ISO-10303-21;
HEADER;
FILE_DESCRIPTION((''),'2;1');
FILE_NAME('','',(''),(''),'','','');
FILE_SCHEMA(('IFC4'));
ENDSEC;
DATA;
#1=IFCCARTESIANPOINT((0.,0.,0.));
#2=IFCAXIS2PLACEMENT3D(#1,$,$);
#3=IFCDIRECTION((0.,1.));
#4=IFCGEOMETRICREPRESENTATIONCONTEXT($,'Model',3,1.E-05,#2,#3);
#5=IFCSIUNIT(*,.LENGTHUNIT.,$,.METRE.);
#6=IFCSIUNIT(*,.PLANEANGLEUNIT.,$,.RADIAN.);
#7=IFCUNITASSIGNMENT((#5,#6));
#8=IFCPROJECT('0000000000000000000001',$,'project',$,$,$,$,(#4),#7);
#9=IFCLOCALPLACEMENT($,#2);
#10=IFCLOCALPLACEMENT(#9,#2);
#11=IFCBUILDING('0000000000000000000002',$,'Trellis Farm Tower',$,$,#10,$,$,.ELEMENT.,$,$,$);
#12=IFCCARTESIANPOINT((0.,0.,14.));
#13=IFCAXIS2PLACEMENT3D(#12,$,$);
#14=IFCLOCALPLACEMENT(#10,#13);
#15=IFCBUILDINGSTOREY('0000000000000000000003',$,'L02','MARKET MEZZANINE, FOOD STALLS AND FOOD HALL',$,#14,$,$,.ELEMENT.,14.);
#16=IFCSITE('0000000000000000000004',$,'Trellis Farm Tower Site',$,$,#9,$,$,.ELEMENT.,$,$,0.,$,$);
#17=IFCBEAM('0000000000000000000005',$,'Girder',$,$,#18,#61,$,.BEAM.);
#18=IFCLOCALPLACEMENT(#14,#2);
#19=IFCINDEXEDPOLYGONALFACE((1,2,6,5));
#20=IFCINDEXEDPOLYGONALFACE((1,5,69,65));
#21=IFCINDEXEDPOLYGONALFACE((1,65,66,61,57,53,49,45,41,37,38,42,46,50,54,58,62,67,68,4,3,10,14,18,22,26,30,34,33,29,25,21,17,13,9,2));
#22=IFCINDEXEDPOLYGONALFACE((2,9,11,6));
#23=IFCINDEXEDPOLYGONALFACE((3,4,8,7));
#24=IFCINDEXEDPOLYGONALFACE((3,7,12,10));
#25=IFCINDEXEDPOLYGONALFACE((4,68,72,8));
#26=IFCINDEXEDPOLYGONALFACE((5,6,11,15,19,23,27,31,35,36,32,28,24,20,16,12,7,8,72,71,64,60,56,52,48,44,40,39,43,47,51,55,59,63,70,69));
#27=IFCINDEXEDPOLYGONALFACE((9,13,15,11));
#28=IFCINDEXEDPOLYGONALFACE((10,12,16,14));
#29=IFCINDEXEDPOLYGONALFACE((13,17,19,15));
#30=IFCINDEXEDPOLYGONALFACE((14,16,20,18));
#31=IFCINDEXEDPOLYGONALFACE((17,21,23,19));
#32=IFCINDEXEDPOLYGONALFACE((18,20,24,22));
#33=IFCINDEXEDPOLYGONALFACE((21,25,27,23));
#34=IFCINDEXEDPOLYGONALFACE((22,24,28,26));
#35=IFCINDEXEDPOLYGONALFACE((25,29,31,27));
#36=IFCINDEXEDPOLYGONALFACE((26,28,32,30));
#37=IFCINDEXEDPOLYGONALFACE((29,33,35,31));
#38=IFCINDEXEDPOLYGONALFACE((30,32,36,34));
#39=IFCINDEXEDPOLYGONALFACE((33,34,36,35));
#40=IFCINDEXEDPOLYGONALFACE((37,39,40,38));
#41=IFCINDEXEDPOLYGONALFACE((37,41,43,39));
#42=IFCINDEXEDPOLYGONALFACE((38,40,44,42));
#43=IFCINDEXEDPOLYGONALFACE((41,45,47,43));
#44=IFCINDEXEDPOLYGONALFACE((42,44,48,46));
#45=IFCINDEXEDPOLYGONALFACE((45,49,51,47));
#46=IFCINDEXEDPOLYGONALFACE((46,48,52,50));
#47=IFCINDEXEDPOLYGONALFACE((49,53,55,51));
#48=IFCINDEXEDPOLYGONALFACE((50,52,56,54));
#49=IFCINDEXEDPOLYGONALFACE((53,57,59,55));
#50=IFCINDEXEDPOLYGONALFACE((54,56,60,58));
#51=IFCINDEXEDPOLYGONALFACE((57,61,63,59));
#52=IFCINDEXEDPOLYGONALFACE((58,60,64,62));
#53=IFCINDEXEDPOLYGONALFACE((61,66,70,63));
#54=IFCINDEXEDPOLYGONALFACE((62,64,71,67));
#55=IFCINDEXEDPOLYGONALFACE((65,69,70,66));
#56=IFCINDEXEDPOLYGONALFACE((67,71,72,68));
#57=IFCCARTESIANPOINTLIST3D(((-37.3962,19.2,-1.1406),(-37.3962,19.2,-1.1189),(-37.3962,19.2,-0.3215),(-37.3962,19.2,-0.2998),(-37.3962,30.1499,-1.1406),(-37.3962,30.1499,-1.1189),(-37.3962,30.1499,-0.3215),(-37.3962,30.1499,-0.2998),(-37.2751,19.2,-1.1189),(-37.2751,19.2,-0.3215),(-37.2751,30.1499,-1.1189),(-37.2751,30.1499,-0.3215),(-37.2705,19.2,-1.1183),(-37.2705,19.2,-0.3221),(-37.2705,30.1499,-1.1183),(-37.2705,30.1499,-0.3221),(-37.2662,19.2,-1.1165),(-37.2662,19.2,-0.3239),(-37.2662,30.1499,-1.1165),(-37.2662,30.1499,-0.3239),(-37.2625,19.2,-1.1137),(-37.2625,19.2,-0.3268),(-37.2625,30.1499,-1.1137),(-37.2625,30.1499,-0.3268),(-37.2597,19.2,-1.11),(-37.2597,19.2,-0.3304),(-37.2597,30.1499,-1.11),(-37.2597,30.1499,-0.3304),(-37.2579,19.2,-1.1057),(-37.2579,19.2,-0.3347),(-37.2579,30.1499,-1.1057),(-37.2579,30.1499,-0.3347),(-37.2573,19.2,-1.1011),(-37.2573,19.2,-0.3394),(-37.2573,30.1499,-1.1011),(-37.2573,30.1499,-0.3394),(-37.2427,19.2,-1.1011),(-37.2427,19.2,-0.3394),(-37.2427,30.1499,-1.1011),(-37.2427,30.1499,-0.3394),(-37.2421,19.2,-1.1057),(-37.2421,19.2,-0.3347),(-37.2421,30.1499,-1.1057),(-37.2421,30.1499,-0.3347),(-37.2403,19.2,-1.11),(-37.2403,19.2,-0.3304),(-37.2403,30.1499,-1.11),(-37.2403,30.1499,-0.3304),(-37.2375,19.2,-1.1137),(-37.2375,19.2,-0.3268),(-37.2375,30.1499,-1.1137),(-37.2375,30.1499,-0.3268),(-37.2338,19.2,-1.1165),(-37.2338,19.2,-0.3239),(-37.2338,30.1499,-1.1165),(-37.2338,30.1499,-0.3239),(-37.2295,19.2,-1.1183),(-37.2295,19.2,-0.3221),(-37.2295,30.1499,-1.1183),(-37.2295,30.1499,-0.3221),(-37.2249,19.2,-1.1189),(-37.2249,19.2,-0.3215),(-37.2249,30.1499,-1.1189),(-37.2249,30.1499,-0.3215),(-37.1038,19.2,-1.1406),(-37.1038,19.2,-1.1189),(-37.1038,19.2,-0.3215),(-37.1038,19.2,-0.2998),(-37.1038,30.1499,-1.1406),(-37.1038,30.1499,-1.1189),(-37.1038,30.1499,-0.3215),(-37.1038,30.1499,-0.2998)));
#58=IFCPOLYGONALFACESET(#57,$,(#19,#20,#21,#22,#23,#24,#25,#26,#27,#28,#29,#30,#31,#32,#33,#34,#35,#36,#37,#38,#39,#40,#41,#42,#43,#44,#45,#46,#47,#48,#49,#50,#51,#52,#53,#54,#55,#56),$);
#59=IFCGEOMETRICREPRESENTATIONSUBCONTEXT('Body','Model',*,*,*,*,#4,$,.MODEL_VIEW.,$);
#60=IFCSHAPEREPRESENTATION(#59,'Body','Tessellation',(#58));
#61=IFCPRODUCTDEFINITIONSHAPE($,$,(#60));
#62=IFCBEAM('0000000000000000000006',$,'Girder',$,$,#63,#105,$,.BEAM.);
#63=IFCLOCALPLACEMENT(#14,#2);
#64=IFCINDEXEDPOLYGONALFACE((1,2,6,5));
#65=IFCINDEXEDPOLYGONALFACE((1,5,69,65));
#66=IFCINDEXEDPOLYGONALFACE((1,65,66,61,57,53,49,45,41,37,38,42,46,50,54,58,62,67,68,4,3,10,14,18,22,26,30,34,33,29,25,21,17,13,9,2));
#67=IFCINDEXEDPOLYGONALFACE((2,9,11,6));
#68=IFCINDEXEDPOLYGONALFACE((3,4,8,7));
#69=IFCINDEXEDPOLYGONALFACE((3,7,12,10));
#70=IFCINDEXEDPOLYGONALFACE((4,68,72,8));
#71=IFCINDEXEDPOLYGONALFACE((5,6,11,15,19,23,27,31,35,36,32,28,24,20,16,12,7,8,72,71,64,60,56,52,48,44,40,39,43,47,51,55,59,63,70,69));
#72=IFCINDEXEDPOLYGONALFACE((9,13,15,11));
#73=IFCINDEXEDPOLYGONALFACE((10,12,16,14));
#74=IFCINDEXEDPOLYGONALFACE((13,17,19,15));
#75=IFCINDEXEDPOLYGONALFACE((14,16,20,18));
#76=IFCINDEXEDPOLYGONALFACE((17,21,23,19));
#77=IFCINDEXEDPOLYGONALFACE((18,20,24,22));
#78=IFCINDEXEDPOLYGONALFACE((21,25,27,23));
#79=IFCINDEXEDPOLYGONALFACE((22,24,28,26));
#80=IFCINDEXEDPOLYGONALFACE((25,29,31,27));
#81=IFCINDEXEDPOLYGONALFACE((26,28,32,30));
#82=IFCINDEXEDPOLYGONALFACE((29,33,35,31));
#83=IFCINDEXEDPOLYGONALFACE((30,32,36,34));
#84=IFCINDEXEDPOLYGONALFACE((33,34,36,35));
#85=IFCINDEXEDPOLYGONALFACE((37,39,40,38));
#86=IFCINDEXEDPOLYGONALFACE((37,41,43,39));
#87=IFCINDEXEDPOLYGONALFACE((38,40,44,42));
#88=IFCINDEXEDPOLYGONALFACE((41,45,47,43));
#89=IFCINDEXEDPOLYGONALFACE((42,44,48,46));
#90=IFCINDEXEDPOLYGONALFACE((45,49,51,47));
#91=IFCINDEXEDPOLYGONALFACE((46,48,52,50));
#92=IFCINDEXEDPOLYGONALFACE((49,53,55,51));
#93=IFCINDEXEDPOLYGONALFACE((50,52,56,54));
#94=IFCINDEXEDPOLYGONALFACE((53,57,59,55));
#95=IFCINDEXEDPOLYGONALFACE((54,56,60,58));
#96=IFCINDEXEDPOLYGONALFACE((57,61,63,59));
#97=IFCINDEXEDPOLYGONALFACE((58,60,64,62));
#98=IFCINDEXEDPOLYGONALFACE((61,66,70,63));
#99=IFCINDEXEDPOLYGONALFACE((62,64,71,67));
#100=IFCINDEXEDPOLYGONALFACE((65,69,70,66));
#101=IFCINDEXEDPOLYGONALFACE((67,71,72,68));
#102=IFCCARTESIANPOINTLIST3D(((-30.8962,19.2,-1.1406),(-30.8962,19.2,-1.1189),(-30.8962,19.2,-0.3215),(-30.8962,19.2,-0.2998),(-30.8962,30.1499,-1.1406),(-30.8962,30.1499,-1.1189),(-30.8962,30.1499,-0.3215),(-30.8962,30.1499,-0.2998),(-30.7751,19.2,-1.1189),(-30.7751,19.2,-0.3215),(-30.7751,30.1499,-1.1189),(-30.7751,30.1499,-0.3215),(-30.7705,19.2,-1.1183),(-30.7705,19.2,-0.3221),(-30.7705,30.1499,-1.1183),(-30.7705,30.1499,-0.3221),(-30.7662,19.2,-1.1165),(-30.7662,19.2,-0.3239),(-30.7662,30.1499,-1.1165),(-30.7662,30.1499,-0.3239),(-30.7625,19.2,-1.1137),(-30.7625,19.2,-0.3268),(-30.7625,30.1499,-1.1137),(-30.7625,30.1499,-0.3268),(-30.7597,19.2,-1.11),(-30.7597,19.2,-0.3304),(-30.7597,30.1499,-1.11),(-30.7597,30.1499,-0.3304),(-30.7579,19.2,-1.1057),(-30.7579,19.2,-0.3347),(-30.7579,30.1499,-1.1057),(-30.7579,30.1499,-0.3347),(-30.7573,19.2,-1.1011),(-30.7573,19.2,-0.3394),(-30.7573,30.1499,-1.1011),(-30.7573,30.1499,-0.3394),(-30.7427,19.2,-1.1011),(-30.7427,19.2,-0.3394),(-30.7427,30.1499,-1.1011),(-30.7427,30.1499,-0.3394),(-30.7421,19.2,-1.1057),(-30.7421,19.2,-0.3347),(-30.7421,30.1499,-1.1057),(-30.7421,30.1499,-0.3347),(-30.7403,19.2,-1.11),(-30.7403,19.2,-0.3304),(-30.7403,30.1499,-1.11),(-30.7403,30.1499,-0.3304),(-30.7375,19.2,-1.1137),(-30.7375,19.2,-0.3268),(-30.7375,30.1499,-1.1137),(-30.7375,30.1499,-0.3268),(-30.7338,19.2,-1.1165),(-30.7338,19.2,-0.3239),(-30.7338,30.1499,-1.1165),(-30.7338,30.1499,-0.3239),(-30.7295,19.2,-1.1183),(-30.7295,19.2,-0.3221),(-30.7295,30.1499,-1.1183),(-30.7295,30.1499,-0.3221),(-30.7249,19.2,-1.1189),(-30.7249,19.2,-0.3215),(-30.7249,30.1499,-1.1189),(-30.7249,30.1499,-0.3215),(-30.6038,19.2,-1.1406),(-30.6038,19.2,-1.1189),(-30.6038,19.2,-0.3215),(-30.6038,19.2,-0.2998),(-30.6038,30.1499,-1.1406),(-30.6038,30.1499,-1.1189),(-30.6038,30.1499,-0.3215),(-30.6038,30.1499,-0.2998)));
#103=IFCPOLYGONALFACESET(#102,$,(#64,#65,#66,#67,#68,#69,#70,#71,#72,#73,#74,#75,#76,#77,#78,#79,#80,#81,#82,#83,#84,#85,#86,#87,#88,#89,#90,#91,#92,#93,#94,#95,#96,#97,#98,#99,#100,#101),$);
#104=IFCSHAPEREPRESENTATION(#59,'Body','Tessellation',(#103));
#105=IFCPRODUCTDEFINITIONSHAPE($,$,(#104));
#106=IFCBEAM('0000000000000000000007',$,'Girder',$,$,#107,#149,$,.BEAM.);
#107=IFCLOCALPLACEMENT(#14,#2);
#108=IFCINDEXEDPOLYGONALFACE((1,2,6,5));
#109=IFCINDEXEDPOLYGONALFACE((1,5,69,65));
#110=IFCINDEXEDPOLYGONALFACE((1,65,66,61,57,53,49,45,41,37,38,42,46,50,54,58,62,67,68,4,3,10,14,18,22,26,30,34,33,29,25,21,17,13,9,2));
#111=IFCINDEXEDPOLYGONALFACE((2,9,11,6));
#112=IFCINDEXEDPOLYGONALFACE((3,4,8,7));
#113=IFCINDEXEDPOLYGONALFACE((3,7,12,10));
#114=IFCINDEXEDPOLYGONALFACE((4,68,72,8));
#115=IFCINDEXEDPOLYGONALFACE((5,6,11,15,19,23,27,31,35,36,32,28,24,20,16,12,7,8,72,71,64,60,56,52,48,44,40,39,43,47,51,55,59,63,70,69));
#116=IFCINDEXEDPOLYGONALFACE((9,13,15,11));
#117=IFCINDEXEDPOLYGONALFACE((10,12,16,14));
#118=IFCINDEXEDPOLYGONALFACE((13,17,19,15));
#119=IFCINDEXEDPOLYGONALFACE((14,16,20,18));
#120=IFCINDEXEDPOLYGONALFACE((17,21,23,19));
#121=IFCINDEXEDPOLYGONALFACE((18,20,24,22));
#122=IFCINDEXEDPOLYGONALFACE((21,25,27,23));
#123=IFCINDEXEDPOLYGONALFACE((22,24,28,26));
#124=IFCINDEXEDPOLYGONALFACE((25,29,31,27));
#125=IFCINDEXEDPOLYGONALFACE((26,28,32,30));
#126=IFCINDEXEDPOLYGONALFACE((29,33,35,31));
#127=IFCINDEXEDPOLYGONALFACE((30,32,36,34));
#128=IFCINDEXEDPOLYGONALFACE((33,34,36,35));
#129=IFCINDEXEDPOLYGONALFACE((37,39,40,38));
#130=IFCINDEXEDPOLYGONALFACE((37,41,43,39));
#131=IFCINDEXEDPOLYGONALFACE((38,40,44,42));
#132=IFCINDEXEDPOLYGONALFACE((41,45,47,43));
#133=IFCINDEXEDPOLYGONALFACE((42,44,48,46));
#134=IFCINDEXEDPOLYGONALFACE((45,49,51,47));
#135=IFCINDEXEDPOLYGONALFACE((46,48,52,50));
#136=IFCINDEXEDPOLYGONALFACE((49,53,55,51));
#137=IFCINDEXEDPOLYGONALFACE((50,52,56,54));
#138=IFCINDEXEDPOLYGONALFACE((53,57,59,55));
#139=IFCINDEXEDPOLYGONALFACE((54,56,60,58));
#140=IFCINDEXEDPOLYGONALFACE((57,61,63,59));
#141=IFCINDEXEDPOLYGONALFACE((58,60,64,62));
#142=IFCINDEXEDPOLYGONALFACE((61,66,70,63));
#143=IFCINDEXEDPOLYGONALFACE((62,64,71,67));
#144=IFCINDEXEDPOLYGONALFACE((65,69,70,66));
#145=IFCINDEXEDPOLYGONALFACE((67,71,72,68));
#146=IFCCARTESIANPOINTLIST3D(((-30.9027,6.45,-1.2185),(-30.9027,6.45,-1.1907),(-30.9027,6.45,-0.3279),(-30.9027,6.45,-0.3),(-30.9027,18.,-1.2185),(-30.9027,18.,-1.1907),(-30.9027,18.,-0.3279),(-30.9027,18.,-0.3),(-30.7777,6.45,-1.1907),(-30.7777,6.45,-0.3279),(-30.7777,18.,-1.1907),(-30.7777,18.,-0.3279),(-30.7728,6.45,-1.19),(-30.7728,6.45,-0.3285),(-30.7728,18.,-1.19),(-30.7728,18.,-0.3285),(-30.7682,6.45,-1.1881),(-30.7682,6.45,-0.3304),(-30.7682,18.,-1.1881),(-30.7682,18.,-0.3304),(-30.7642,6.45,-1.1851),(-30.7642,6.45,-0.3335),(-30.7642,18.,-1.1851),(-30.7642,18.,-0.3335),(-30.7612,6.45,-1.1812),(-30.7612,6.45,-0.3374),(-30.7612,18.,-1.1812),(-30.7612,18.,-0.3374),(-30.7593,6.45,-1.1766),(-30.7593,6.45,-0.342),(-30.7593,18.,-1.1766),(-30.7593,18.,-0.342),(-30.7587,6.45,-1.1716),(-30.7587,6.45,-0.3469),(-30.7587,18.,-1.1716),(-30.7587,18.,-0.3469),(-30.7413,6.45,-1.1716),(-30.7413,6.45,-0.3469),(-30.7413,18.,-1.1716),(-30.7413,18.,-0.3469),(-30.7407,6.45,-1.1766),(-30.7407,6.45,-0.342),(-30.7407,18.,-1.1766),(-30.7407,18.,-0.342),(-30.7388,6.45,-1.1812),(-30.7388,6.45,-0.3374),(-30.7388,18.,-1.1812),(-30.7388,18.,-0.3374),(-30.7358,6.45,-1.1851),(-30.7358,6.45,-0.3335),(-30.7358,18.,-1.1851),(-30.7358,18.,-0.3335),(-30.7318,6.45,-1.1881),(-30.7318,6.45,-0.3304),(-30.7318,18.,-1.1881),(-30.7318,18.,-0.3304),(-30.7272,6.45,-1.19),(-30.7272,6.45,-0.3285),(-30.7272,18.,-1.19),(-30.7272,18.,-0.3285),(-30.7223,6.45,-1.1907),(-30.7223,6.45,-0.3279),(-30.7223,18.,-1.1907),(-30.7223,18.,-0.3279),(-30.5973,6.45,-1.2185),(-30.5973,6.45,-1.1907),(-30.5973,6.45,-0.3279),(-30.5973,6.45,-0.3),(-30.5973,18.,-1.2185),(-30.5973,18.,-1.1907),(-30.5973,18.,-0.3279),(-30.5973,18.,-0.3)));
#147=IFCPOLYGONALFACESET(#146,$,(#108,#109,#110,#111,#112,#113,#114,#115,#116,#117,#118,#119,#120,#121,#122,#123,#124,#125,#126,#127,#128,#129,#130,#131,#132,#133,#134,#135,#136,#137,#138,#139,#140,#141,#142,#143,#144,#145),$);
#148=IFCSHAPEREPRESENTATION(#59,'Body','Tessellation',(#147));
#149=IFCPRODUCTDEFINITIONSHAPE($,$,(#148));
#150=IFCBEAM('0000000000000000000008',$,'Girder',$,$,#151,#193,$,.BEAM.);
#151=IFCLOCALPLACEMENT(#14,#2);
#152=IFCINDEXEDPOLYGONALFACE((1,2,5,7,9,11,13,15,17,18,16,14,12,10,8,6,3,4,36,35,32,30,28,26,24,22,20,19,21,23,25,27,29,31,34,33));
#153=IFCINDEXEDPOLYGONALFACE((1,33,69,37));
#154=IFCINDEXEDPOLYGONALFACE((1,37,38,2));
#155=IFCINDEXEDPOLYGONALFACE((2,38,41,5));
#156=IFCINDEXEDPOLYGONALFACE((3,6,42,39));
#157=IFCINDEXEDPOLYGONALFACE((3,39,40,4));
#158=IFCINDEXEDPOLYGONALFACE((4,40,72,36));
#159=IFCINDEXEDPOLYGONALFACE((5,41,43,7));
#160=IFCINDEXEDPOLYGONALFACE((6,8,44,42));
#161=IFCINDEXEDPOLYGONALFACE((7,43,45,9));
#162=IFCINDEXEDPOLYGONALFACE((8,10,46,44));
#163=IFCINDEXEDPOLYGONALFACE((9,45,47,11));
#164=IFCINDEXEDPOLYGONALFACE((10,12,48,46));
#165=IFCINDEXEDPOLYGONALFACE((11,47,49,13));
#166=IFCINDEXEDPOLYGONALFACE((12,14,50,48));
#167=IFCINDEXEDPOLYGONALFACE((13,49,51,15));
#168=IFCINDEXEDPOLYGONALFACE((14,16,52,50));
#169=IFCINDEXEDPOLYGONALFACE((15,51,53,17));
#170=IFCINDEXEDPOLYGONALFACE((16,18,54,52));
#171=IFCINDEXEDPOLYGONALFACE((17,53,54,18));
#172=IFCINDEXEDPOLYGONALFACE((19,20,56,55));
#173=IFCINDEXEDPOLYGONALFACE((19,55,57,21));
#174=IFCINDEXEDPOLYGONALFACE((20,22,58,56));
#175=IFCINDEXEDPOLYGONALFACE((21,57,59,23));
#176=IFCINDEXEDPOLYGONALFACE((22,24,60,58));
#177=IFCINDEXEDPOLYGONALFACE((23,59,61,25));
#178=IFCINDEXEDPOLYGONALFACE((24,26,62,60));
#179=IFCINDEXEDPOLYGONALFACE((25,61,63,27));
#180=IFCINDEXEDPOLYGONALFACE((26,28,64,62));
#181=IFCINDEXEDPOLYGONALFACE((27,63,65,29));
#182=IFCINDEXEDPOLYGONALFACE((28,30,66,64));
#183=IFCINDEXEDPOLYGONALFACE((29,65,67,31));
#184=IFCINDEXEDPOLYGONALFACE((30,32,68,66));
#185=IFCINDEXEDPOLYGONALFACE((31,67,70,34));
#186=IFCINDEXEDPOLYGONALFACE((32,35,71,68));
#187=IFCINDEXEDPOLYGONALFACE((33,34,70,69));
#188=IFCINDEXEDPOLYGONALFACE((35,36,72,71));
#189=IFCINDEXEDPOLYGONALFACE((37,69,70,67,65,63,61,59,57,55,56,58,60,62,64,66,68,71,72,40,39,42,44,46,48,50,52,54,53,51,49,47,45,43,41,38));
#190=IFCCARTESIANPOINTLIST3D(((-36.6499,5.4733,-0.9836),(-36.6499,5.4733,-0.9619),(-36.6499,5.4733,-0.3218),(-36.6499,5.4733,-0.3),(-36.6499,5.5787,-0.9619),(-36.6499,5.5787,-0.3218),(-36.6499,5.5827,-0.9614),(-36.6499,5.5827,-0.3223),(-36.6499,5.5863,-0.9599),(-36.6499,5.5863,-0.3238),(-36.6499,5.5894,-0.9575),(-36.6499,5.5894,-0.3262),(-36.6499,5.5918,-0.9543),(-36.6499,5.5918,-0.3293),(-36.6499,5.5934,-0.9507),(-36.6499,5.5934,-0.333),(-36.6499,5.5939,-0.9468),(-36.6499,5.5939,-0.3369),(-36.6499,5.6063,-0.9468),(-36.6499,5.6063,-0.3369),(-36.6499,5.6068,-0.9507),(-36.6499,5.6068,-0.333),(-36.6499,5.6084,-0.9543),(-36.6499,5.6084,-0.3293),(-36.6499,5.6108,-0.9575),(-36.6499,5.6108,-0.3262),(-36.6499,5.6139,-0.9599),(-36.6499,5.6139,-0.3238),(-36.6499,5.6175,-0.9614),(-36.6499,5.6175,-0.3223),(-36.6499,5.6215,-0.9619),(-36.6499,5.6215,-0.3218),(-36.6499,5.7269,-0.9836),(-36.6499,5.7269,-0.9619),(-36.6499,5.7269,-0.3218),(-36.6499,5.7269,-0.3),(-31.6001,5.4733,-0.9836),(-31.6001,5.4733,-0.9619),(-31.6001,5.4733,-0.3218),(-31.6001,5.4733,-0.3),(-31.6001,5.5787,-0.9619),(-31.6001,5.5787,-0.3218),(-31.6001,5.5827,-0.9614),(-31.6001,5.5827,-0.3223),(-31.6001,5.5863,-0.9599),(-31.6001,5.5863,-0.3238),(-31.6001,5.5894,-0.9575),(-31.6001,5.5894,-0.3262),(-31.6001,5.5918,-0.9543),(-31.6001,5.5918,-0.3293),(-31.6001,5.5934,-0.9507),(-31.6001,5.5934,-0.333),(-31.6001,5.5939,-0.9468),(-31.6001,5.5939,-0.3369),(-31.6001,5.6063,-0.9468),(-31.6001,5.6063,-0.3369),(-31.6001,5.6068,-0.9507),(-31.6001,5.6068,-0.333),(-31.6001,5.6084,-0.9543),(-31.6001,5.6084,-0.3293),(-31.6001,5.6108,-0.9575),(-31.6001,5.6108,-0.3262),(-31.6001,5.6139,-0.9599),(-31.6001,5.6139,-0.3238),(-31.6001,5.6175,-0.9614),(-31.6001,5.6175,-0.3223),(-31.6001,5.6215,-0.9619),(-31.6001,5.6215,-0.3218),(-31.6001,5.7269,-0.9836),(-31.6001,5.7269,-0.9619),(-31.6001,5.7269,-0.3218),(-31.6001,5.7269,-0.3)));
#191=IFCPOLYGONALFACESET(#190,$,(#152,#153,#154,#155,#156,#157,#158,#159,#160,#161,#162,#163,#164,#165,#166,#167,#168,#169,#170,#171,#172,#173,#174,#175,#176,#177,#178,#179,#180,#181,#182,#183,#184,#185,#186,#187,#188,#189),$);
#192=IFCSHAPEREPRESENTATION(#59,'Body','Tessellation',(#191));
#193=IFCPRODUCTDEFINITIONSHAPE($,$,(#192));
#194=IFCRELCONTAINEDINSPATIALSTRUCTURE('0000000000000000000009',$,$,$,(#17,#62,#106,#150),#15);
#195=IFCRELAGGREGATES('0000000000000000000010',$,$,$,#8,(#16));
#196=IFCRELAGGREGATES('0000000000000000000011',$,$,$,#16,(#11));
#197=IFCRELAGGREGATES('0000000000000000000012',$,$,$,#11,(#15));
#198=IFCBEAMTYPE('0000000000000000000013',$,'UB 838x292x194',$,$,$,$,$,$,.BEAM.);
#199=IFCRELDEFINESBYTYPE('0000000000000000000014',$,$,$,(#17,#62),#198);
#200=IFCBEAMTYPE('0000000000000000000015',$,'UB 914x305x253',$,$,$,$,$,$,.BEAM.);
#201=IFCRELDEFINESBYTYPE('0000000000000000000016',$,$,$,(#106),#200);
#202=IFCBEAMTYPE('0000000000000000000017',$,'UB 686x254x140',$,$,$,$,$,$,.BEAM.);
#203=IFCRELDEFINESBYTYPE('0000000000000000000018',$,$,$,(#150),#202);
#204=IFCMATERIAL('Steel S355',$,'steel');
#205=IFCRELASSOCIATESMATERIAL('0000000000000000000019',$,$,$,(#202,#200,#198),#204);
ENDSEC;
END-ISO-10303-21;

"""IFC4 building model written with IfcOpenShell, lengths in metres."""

from ifc_helpers import new_model, si_unit, direction, frame, origin, origin_2d, place, context, subcontext, project, spatial, i_section, extrude, source, transform, mapped, material, material_profile, profile_set, type_object, element, save


model = new_model("IFC4")

# Units and contexts
model_context = context("Model", 3, precision=1e-05, world=origin(), true_north=direction((0.0, 1.0)))
body_context = subcontext(model_context, "Body", "Model", "MODEL_VIEW")
ifc_project = project(units=[si_unit("LENGTHUNIT", "METRE"), si_unit("PLANEANGLEUNIT", "RADIAN")], contexts=[model_context])

# Site, building, storey
site_placement = place(None, origin())
site = spatial("IfcSite", under=ifc_project, at=site_placement, Name="Trellis Farm Tower Site", CompositionType="ELEMENT", RefElevation=0.0)
building_placement = place(site_placement, origin())
building = spatial("IfcBuilding", under=site, at=building_placement, Name="Trellis Farm Tower", CompositionType="ELEMENT")
storey_placement = place(building_placement, frame((0.0, 0.0, 14.0)))
storey = spatial("IfcBuildingStorey", under=building, at=storey_placement, Name="L02", Description="MARKET MEZZANINE, FOOD STALLS AND FOOD HALL", CompositionType="ELEMENT", Elevation=14.0)

# Beams
ifc_material_1 = material(Name="Steel S355", Category="steel")
ifc_material_profile_1 = material_profile(ifc_material_1, i_section(OverallWidth=0.2537, OverallDepth=0.6836, WebThickness=0.0125, FlangeThickness=0.0217, FilletRadius=0.0151, at=origin_2d()), Name="UB 686x254x140")
ifc_profile_set_1 = profile_set([ifc_material_profile_1], Name="Steel S355")
beam_type_1 = type_object("IfcBeamType", Name="UB 686x254x140", PredefinedType="BEAM", material=ifc_profile_set_1)
ifc_material_profile_2 = material_profile(ifc_material_1, i_section(OverallWidth=0.3054, OverallDepth=0.9185, WebThickness=0.0173, FlangeThickness=0.0278, FilletRadius=0.019, at=origin_2d()), Name="UB 914x305x253")
ifc_profile_set_2 = profile_set([ifc_material_profile_2], Name="Steel S355")
beam_type_2 = type_object("IfcBeamType", Name="UB 914x305x253", PredefinedType="BEAM", material=ifc_profile_set_2)
ifc_material_profile_3 = material_profile(ifc_material_1, i_section(OverallWidth=0.2925, OverallDepth=0.8408, WebThickness=0.0146, FlangeThickness=0.0217, FilletRadius=0.0178, at=origin_2d()), Name="UB 838x292x194")
ifc_profile_set_3 = profile_set([ifc_material_profile_3], Name="Steel S355")
beam_type_3 = type_object("IfcBeamType", Name="UB 838x292x194", PredefinedType="BEAM", material=ifc_profile_set_3)
shared_shape_1 = source(origin(), body_context, "Body", "SweptSolid", [
    extrude(i_section(OverallWidth=0.2925, OverallDepth=0.8408, WebThickness=0.0146, FlangeThickness=0.0217, FilletRadius=0.0178, at=origin_2d()), origin(), (0.0, 0.0, 1.0), 10.95),
])
for number, where, z_axis, x_axis, name in (
    (1, (-37.25, 19.2, -0.7202), (0.0, 1.0, 0.0), (-1.0, 0.0, 0.0), "Girder"),
    (2, (-30.75, 19.2, -0.7202), (0.0, 1.0, 0.0), (-1.0, 0.0, 0.0), "Girder"),
):
    element("IfcBeam", number, at=place(storey_placement, frame(where, z_axis=z_axis, x_axis=x_axis)), inside=storey, type_object=beam_type_3, Name=name, PredefinedType="BEAM", context=body_context, shape_type="MappedRepresentation", body=[
        mapped(shared_shape_1, transform((0.0, 0.0, 0.0))),
    ])
shared_shape_2 = source(origin(), body_context, "Body", "SweptSolid", [
    extrude(i_section(OverallWidth=0.3054, OverallDepth=0.9185, WebThickness=0.0173, FlangeThickness=0.0278, FilletRadius=0.019, at=origin_2d()), origin(), (0.0, 0.0, 1.0), 11.55),
])
beam_1_placement = place(storey_placement, frame((-30.75, 6.45, -0.7593), z_axis=(0.0, 1.0, 0.0), x_axis=(-1.0, 0.0, 0.0)))
element("IfcBeam", 3, at=beam_1_placement, inside=storey, type_object=beam_type_2, Name="Girder", PredefinedType="BEAM", context=body_context, shape_type="MappedRepresentation", body=[
    mapped(shared_shape_2, transform((0.0, 0.0, 0.0))),
])
shared_shape_3 = source(origin(), body_context, "Body", "SweptSolid", [
    extrude(i_section(OverallWidth=0.2537, OverallDepth=0.6836, WebThickness=0.0125, FlangeThickness=0.0217, FilletRadius=0.0151, at=origin_2d()), origin(), (0.0, 0.0, 1.0), 5.0498),
])
beam_2_placement = place(storey_placement, frame((-36.6499, 5.6001, -0.6418), z_axis=(1.0, 0.0, 0.0), x_axis=(0.0, 1.0, 0.0)))
element("IfcBeam", 4, at=beam_2_placement, inside=storey, type_object=beam_type_1, Name="Girder", PredefinedType="BEAM", context=body_context, shape_type="MappedRepresentation", body=[
    mapped(shared_shape_3, transform((0.0, 0.0, 0.0))),
])

save(model, "model.ifc")
